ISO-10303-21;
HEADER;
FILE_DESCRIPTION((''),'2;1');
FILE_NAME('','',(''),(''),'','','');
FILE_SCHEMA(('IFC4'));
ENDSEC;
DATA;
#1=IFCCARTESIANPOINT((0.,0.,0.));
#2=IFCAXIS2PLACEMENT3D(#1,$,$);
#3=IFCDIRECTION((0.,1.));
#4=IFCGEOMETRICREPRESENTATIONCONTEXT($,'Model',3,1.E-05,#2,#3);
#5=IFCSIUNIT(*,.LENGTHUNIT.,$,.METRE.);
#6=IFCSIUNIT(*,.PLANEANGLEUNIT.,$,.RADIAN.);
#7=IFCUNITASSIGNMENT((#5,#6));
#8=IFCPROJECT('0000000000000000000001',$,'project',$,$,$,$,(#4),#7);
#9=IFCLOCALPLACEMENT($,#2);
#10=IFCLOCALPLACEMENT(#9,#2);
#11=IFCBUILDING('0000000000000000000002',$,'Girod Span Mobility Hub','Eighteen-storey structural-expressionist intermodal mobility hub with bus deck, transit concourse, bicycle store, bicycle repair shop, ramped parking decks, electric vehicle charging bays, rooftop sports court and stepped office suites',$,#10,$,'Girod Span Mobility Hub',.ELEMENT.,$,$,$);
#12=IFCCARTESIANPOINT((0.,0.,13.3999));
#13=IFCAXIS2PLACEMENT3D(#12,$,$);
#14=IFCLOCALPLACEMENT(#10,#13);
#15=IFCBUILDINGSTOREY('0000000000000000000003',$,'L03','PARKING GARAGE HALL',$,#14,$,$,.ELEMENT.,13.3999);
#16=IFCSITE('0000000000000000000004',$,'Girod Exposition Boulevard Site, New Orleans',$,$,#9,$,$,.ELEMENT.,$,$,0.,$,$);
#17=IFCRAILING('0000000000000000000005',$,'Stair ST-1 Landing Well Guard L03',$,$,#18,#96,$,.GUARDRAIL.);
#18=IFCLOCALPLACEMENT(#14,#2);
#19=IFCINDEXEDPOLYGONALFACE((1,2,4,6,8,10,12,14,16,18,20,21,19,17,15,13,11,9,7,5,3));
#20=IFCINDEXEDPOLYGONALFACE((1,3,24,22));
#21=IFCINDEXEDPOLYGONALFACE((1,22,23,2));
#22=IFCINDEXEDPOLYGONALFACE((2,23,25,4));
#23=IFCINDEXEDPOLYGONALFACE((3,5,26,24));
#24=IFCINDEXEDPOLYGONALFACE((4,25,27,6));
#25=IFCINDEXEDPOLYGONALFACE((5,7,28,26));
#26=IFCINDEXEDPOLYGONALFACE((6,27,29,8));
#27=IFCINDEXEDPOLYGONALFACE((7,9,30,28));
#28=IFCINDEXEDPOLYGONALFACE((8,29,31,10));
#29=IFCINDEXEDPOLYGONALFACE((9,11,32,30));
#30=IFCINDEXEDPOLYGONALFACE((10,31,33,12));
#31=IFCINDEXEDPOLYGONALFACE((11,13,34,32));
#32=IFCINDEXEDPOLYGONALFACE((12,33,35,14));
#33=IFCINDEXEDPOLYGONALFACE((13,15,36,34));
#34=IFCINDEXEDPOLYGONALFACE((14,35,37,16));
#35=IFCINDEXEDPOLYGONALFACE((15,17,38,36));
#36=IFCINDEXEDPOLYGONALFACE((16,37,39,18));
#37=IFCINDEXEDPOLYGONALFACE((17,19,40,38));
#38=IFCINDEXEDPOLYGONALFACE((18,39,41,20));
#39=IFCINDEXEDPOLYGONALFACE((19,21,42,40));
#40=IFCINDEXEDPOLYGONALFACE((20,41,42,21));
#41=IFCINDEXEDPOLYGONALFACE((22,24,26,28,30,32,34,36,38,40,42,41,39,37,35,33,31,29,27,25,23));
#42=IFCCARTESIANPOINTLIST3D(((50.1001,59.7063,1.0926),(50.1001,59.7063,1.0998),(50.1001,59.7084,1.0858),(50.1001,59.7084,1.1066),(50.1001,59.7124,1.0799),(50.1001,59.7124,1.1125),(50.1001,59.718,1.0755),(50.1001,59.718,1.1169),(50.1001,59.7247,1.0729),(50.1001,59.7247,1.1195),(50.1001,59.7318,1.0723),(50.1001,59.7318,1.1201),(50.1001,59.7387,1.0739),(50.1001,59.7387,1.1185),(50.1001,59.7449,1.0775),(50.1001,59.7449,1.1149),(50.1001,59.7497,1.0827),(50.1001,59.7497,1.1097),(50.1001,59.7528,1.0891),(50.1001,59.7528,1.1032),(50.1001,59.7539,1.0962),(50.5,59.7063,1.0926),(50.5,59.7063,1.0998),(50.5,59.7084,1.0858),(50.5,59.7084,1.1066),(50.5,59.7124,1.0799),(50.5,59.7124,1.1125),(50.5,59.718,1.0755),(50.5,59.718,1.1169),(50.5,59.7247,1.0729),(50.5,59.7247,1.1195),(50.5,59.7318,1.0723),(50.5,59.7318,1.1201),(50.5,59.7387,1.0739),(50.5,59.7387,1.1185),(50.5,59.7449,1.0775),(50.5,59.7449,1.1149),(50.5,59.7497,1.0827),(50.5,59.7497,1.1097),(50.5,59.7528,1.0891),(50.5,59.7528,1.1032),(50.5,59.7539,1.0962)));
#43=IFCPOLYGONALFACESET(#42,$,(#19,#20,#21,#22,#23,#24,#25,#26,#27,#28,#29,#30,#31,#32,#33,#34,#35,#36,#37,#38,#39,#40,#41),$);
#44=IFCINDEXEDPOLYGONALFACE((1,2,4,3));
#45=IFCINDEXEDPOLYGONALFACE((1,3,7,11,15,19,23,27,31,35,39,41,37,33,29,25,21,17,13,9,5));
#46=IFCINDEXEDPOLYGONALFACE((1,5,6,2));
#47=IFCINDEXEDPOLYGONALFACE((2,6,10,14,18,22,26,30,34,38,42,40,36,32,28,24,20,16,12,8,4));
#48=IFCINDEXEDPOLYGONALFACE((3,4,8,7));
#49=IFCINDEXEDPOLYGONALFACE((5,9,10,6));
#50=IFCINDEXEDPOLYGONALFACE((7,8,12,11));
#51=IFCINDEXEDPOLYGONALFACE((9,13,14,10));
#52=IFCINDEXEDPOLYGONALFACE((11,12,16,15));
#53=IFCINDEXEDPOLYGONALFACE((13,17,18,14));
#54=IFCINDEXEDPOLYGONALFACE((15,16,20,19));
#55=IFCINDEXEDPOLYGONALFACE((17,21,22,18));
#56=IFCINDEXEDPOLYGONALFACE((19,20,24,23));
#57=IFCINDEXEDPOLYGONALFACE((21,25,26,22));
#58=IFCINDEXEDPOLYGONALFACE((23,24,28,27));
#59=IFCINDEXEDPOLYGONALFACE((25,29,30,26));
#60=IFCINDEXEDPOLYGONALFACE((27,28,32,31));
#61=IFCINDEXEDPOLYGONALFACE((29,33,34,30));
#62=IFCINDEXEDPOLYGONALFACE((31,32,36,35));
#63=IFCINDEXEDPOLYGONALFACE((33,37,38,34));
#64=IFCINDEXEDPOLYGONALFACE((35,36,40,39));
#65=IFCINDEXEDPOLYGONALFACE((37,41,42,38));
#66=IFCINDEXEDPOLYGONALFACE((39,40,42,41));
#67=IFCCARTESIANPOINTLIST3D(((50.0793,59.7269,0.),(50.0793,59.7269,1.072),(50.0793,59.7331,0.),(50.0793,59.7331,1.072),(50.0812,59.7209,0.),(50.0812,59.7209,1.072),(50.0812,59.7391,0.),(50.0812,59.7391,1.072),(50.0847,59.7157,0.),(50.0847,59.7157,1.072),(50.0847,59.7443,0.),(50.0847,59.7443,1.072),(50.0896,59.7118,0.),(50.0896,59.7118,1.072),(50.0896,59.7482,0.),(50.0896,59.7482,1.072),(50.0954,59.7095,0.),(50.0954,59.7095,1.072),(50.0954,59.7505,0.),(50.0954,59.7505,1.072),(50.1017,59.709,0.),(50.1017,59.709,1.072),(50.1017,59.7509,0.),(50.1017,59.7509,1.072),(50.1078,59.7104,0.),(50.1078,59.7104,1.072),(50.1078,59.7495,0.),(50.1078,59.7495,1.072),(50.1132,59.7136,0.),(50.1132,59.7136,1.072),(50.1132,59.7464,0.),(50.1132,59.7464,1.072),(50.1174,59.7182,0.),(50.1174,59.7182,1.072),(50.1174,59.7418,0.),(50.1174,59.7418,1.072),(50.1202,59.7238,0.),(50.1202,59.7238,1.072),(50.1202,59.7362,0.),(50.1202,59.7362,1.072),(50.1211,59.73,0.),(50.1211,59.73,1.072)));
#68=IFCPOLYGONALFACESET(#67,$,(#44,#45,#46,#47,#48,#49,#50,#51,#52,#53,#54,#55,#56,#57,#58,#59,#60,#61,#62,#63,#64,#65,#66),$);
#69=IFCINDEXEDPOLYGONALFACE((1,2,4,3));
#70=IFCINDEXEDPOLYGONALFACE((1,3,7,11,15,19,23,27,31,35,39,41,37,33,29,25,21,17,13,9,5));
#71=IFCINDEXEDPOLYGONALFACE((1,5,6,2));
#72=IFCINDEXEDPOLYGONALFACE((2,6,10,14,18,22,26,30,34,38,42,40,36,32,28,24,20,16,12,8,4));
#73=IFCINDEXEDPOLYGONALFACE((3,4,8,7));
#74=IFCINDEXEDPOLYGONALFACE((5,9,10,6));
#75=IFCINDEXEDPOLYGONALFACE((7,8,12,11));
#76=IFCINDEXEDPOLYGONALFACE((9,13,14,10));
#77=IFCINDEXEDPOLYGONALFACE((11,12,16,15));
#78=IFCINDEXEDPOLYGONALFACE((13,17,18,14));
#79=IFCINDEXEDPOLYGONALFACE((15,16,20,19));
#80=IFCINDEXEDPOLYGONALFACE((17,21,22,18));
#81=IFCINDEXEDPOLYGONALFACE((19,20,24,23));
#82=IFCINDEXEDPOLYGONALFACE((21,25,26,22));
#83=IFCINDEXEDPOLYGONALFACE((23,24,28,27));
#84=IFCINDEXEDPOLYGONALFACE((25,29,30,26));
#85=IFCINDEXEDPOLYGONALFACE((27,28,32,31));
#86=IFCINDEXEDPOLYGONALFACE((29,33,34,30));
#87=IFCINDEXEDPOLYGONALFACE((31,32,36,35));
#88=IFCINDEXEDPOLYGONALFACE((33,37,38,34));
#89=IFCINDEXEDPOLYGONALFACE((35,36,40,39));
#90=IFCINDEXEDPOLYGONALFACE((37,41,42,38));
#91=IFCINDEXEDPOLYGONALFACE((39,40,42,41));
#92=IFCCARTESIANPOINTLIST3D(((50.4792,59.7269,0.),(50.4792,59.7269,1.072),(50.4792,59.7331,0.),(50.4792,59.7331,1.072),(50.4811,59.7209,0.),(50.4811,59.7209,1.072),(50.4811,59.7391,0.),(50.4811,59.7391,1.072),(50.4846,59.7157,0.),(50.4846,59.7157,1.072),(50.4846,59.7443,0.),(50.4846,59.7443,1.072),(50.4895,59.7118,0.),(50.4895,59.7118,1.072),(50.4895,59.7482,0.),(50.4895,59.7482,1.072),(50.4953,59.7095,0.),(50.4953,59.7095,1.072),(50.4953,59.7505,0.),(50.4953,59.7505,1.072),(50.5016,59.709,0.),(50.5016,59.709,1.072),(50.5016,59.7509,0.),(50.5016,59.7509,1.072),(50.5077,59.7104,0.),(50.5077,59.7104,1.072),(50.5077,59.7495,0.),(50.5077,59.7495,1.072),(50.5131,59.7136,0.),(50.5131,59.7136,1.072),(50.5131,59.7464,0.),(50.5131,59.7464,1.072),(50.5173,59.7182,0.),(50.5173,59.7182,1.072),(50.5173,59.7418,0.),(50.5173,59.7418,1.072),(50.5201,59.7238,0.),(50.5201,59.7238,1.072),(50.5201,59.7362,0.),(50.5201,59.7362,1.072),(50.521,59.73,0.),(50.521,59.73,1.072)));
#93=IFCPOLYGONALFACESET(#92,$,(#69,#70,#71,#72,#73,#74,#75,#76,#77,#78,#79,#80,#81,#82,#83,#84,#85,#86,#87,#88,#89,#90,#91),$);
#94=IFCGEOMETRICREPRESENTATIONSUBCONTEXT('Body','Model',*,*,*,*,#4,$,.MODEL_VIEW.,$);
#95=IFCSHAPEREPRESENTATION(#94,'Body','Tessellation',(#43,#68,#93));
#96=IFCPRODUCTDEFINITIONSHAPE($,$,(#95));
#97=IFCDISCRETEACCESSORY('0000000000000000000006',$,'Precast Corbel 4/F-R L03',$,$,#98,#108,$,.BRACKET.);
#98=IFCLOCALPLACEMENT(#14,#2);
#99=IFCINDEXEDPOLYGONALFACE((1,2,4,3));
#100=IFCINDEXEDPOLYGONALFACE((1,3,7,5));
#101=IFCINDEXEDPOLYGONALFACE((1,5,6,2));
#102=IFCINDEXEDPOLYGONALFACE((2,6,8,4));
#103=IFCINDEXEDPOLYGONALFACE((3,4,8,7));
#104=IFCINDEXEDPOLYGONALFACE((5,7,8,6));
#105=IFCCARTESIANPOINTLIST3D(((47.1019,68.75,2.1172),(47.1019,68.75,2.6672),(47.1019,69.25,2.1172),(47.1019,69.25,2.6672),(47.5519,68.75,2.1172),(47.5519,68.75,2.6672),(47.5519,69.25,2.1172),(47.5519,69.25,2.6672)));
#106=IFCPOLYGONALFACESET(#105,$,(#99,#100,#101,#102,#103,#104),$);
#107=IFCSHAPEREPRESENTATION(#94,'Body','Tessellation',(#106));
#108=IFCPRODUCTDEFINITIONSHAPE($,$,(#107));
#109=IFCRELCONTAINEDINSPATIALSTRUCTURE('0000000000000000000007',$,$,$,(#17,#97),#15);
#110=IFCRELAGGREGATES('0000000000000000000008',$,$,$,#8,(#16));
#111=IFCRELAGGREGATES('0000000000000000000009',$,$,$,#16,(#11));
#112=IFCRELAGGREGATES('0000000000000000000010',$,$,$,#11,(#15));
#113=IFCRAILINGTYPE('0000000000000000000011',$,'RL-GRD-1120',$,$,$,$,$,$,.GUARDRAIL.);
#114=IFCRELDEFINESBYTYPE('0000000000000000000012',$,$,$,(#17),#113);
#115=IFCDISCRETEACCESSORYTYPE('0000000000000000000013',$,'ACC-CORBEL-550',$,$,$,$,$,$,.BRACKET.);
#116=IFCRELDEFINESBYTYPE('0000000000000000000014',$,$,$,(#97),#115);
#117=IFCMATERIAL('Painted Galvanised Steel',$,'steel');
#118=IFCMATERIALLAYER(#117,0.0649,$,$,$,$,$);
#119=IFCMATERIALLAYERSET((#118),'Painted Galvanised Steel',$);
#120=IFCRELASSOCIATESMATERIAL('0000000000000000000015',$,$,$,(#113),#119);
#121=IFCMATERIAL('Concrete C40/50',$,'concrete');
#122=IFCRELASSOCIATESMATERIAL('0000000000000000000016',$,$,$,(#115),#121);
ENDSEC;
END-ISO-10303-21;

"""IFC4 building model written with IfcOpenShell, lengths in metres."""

from ifc_helpers import new_model, si_unit, direction, frame, origin, origin_2d, place, context, subcontext, project, spatial, rectangle, circle, extrude, material, layer, layer_set, type_object, element, save


model = new_model("IFC4")

# Units and contexts
model_context = context("Model", 3, precision=1e-05, world=origin(), true_north=direction((0.0, 1.0)))
body_context = subcontext(model_context, "Body", "Model", "MODEL_VIEW")
ifc_project = project(units=[si_unit("LENGTHUNIT", "METRE"), si_unit("PLANEANGLEUNIT", "RADIAN")], contexts=[model_context])

# Site, building, storey
site_placement = place(None, origin())
site = spatial("IfcSite", under=ifc_project, at=site_placement, Name="Girod Exposition Boulevard Site, New Orleans", CompositionType="ELEMENT", RefElevation=0.0)
building_placement = place(site_placement, origin())
building = spatial("IfcBuilding", under=site, at=building_placement, Name="Girod Span Mobility Hub", Description="Eighteen-storey structural-expressionist intermodal mobility hub with bus deck, transit concourse, bicycle store, bicycle repair shop, ramped parking decks, electric vehicle charging bays, rooftop sports court and stepped office suites", LongName="Girod Span Mobility Hub", CompositionType="ELEMENT")
storey_placement = place(building_placement, frame((0.0, 0.0, 13.3999)))
storey = spatial("IfcBuildingStorey", under=building, at=storey_placement, Name="L03", Description="PARKING GARAGE HALL", CompositionType="ELEMENT", Elevation=13.3999)

# Railing
ifc_material_1 = material(Name="Painted Galvanised Steel", Category="steel")
ifc_layer_1 = layer(ifc_material_1, 0.0649)
ifc_layer_set_1 = layer_set([ifc_layer_1], Name="Painted Galvanised Steel")
railing_type_1 = type_object("IfcRailingType", Name="RL-GRD-1120", PredefinedType="GUARDRAIL", material=ifc_layer_set_1)
for number, where, name in (
    (1, (50.1001, 59.73, 0.0), "Stair ST-1 Landing Well Guard L03"),
):
    element("IfcRailing", number, at=place(storey_placement, frame(where)), inside=storey, type_object=railing_type_1, Name=name, PredefinedType="GUARDRAIL", context=body_context, shape_type="SweptSolid", body=[
        extrude(circle(Radius=0.0239, at=origin_2d()), frame((0.0, 0.0, 1.0962), z_axis=(1.0, 0.0, 0.0), x_axis=(0.0, 1.0, 0.0)), (0.0, 0.0, 1.0), 0.3999),
        extrude(circle(Radius=0.021, at=origin_2d()), origin(), (0.0, 0.0, 1.0), 1.072),
        extrude(circle(Radius=0.021, at=origin_2d()), frame((0.3999, 0.0, 0.0)), (0.0, 0.0, 1.0), 1.072),
    ])

# Discrete accessory
ifc_material_2 = material(Name="Concrete C40/50", Category="concrete")
discrete_accessory_type = type_object("IfcDiscreteAccessoryType", Name="ACC-CORBEL-550", PredefinedType="BRACKET", material=ifc_material_2)
discrete_accessory_placement = place(storey_placement, frame((47.3269, 69.0, 2.1172), z_axis=(0.0, 0.0, 1.0), x_axis=(1.0, 0.0, 0.0)))
element("IfcDiscreteAccessory", 2, at=discrete_accessory_placement, inside=storey, type_object=discrete_accessory_type, Name="Precast Corbel 4/F-R L03", PredefinedType="BRACKET", context=body_context, shape_type="SweptSolid", body=[
    extrude(rectangle(XDim=0.45, YDim=0.5, at=origin_2d()), origin(), (0.0, 0.0, 1.0), 0.55),
])

save(model, "model.ifc")
